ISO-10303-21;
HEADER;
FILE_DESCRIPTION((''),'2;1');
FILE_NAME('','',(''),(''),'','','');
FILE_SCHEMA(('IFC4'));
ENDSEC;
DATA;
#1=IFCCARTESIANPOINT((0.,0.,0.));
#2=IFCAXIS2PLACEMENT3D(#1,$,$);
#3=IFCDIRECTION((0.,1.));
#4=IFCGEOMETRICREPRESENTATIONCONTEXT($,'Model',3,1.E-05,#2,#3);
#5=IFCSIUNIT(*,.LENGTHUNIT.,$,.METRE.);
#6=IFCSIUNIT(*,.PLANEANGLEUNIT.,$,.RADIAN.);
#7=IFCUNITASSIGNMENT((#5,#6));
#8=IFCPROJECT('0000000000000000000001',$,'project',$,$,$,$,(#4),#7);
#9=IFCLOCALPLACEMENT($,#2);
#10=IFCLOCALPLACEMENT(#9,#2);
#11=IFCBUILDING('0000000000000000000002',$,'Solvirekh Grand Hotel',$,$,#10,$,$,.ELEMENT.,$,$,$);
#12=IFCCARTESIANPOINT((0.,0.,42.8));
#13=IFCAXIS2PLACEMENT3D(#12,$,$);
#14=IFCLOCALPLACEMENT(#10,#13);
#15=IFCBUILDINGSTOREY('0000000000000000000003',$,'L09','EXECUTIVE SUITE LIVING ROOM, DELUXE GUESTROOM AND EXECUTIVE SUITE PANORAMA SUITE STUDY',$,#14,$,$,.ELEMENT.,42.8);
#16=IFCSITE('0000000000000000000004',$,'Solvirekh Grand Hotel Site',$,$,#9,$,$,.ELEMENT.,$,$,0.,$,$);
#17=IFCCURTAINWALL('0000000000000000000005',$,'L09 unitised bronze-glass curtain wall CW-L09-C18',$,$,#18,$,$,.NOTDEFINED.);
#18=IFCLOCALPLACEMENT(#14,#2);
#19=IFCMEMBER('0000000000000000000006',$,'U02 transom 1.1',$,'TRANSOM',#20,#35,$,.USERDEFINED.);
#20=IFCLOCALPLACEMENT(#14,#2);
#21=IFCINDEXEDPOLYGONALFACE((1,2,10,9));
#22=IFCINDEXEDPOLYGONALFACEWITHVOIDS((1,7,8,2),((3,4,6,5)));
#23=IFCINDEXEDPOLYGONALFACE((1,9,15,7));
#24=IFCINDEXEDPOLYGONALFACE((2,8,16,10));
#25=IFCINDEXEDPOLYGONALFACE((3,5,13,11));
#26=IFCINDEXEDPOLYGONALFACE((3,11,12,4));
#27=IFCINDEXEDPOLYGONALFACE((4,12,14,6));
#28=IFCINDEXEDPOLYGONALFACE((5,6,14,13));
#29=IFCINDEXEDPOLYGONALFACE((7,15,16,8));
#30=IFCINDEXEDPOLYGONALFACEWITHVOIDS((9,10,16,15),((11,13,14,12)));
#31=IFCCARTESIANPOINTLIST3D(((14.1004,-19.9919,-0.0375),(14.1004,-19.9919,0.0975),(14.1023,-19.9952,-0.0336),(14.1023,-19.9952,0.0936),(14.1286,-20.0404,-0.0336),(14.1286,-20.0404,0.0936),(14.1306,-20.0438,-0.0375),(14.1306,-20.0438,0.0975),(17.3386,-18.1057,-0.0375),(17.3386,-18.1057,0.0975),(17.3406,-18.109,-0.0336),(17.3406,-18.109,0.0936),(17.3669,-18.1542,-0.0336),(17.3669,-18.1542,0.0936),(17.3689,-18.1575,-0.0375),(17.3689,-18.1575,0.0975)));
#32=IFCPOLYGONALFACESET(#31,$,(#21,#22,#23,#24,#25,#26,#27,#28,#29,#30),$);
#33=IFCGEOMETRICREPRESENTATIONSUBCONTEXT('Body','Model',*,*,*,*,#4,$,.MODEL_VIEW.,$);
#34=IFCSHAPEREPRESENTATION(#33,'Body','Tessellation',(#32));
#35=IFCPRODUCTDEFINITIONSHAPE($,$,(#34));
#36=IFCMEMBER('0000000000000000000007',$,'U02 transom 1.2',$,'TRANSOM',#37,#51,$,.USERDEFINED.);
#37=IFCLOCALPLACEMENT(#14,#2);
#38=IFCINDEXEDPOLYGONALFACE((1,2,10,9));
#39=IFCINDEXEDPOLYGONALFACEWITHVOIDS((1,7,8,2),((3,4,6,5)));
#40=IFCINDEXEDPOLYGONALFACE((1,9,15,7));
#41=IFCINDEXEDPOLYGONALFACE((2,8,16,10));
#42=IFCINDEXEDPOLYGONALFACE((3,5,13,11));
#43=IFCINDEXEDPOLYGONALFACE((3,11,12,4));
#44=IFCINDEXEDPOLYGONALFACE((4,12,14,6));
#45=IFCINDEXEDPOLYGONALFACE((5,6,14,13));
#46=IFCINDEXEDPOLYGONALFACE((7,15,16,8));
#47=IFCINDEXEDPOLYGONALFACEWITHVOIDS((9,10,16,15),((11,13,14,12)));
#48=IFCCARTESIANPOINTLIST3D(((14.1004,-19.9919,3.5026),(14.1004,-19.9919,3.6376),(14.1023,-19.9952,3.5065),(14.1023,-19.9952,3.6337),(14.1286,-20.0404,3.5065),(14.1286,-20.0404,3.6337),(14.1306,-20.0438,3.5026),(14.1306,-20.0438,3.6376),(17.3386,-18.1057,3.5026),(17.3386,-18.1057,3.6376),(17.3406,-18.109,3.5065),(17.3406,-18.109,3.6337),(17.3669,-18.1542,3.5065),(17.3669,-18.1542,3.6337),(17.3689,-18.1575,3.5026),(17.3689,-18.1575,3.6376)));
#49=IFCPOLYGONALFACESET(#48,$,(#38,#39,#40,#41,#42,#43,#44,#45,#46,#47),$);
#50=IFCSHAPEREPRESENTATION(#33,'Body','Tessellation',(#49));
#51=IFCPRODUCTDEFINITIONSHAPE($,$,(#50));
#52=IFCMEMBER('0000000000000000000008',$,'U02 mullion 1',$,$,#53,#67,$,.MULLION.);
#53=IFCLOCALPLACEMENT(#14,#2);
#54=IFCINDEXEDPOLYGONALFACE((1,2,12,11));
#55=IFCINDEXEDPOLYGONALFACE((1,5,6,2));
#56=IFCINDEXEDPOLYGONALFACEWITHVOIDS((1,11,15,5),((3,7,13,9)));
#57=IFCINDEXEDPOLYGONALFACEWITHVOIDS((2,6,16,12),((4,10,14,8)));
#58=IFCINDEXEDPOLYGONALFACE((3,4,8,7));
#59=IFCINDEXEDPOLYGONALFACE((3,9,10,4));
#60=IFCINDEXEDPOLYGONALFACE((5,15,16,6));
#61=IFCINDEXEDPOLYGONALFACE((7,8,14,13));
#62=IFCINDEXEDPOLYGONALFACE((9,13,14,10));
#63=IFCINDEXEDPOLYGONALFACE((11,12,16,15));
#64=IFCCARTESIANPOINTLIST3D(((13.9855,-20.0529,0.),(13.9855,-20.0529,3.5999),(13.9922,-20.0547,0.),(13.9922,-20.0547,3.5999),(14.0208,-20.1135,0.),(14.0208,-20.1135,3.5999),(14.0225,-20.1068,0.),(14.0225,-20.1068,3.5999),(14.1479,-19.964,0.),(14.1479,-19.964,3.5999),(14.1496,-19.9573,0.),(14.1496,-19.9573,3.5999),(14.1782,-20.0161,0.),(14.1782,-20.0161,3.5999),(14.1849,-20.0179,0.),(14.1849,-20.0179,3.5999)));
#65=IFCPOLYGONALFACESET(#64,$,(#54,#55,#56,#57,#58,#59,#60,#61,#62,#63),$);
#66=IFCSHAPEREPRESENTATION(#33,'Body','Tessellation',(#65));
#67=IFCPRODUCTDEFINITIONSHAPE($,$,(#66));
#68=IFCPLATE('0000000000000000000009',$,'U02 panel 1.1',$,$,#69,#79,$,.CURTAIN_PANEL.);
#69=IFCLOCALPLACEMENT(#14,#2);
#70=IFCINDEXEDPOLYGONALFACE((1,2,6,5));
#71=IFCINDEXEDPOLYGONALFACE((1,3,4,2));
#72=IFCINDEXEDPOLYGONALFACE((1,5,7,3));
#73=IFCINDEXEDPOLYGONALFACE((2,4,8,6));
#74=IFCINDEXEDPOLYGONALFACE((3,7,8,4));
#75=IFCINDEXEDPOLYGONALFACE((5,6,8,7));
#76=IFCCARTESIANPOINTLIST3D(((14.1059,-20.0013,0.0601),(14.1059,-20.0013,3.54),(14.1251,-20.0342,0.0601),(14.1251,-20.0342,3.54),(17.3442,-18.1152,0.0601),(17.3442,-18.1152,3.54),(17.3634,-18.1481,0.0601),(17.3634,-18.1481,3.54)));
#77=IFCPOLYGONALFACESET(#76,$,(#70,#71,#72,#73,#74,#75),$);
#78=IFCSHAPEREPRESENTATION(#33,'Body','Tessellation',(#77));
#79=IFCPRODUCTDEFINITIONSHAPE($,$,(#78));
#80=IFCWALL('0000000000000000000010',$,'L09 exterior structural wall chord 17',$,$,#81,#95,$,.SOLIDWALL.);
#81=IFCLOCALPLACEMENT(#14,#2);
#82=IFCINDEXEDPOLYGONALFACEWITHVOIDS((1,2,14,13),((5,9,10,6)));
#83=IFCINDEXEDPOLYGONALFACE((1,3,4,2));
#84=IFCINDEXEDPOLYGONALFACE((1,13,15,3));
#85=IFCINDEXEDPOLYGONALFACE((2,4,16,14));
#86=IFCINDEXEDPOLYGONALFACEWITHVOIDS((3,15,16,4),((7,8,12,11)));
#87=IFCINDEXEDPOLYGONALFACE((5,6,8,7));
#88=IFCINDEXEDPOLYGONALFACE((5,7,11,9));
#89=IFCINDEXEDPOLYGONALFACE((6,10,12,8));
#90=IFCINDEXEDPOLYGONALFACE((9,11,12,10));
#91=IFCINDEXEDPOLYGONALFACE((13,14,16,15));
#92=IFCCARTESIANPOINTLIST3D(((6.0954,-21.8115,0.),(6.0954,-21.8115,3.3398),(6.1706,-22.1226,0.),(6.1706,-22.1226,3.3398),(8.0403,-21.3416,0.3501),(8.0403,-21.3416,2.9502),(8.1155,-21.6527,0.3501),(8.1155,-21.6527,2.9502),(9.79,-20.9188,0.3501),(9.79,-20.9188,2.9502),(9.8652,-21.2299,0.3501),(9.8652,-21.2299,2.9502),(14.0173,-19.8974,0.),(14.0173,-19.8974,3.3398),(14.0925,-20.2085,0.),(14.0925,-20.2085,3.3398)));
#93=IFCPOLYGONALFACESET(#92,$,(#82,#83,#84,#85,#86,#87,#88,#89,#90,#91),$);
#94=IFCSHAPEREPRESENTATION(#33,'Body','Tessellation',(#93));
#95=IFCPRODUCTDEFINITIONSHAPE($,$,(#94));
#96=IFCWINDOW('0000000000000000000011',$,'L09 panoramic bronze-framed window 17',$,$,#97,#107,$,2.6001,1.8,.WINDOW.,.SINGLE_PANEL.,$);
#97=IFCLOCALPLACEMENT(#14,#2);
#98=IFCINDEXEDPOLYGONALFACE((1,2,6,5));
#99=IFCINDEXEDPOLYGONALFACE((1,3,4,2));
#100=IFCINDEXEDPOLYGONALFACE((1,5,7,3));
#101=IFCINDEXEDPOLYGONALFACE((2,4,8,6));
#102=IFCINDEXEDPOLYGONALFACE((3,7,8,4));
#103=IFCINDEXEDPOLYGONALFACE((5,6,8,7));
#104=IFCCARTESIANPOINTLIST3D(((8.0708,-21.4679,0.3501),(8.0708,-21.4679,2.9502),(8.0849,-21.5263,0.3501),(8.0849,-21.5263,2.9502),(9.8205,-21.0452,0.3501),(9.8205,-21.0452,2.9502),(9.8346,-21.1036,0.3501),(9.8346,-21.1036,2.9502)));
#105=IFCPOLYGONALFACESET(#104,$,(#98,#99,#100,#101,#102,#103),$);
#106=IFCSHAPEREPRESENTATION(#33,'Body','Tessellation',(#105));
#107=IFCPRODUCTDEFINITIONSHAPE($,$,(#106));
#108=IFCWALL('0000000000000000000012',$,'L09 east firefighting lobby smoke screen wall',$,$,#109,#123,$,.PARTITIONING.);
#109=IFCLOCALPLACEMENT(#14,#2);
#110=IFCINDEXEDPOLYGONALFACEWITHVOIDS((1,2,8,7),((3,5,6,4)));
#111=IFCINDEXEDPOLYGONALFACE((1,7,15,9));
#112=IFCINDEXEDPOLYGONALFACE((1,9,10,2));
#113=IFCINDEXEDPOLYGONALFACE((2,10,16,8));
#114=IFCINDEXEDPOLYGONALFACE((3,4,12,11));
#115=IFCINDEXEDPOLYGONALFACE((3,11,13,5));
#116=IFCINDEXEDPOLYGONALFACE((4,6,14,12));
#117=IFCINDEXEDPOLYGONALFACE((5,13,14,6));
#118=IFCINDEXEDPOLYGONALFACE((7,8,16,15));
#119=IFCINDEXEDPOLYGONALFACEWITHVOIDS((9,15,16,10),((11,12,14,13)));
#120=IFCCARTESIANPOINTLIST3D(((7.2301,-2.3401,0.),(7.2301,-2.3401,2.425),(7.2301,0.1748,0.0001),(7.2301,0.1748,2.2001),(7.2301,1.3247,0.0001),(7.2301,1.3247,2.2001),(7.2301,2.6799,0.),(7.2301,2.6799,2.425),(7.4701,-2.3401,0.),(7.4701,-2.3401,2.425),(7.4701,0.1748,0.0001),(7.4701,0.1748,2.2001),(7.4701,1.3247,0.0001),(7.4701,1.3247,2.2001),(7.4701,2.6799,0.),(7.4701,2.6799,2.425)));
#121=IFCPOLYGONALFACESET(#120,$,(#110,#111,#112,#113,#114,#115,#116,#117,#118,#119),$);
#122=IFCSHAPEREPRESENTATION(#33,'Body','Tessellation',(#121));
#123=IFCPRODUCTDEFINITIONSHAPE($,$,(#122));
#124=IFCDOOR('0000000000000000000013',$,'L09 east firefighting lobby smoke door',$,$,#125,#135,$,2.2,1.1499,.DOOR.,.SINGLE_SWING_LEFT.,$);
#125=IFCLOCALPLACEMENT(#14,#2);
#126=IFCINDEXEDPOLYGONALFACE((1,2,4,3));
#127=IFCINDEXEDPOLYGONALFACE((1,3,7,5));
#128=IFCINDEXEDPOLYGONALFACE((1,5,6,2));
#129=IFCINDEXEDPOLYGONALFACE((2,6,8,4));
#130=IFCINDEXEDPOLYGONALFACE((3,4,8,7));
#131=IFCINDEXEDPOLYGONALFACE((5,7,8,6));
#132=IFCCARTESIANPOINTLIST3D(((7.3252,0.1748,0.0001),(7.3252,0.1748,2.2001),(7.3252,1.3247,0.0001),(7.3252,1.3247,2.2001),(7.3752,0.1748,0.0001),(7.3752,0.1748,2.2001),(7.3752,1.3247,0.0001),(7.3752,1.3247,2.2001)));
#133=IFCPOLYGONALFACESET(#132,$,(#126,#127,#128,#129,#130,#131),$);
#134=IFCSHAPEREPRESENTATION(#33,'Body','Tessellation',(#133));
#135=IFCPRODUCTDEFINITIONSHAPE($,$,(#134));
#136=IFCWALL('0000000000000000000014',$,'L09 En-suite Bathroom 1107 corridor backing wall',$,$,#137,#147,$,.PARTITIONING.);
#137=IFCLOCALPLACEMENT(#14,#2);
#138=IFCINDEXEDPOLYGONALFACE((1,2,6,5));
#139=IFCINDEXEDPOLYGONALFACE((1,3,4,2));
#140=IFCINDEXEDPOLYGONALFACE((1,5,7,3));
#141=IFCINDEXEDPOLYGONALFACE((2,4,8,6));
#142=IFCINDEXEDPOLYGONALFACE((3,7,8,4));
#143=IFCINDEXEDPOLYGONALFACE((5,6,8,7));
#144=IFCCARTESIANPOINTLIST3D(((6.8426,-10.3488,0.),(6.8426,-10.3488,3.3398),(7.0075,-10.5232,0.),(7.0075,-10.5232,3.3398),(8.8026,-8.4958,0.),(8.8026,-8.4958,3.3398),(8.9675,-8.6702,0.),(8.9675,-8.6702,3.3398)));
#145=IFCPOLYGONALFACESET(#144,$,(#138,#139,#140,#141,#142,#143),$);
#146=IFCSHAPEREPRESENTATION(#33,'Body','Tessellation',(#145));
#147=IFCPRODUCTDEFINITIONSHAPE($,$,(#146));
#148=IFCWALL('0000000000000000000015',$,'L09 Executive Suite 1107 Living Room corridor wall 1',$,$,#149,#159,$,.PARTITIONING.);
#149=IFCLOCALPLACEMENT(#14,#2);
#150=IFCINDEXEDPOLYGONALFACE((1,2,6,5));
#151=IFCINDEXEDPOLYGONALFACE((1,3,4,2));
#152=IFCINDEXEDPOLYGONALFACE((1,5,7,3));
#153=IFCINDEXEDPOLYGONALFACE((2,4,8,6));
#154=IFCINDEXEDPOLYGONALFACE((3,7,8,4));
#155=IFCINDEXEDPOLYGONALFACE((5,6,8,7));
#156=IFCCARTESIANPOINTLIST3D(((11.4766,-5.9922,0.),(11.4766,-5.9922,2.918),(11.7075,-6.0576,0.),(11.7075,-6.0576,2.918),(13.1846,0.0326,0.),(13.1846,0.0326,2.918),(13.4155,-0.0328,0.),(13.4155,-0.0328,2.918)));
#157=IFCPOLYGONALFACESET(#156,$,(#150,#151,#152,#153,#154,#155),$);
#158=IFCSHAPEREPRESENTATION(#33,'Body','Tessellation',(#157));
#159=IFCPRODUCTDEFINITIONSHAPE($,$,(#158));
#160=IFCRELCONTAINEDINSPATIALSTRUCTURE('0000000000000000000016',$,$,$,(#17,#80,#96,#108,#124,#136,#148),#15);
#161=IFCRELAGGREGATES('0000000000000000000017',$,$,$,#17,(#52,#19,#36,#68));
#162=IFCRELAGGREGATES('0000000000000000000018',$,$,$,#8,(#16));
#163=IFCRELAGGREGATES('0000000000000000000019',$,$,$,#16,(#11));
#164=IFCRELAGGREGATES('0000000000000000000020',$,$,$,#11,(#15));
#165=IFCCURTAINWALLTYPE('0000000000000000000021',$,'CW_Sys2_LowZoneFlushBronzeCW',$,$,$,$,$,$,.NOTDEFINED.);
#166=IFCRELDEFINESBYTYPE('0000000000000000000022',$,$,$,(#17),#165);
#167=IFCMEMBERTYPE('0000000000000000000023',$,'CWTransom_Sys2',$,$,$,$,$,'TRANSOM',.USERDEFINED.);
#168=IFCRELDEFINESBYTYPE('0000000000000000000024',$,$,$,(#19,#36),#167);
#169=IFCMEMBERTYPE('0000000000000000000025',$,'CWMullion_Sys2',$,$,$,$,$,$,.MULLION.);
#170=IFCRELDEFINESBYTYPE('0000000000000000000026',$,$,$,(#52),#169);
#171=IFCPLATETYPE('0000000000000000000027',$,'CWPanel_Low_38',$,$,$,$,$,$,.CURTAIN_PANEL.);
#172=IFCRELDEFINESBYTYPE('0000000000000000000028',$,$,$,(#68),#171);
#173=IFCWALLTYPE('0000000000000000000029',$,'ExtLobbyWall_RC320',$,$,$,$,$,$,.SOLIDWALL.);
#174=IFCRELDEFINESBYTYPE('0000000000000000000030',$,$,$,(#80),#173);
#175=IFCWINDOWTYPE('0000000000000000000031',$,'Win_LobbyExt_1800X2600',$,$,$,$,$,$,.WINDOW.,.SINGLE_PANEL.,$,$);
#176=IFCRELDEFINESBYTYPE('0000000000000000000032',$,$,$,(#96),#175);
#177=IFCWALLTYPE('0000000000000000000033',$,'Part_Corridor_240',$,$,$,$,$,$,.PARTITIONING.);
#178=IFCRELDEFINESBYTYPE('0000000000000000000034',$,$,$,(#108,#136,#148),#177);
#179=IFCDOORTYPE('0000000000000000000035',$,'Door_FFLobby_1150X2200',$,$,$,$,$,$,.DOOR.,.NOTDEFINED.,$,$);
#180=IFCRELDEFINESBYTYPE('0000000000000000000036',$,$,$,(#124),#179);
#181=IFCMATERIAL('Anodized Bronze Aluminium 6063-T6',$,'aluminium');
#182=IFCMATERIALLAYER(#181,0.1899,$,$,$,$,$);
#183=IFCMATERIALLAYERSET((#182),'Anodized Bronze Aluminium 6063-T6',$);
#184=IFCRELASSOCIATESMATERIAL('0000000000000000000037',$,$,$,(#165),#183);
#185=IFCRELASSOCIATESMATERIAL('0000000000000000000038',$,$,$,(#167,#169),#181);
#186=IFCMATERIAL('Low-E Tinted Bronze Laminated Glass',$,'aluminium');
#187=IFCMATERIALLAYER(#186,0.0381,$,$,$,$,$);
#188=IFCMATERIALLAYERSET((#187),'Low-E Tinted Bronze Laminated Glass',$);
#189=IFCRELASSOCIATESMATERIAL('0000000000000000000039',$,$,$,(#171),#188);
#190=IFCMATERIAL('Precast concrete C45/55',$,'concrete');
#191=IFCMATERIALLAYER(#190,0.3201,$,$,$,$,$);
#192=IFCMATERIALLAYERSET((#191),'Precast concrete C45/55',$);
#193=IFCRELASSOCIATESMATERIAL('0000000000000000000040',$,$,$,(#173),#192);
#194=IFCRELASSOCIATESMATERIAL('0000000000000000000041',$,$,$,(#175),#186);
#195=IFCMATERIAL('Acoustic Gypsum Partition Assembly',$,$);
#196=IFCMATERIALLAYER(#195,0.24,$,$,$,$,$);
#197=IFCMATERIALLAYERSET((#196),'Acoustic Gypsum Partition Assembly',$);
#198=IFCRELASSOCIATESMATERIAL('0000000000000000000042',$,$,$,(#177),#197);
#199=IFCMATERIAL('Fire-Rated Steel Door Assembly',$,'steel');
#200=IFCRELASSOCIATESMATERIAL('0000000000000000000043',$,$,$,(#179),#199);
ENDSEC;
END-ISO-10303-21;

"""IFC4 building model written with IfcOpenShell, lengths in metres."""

from ifc_helpers import new_model, si_unit, direction, frame, frame_2d, origin, origin_2d, place, context, subcontext, project, spatial, rectangle, hollow_rectangle, extrude, source, transform, mapped, material, layer, layer_set, material_profile, profile_set, type_object, element, fill, aggregate, save


model = new_model("IFC4")

# Units and contexts
model_context = context("Model", 3, precision=1e-05, world=origin(), true_north=direction((0.0, 1.0)))
body_context = subcontext(model_context, "Body", "Model", "MODEL_VIEW")
ifc_project = project(units=[si_unit("LENGTHUNIT", "METRE"), si_unit("PLANEANGLEUNIT", "RADIAN")], contexts=[model_context])

# Site, building, storey
site_placement = place(None, origin())
site = spatial("IfcSite", under=ifc_project, at=site_placement, Name="Solvirekh Grand Hotel Site", CompositionType="ELEMENT", RefElevation=0.0)
building_placement = place(site_placement, origin())
building = spatial("IfcBuilding", under=site, at=building_placement, Name="Solvirekh Grand Hotel", CompositionType="ELEMENT")
storey_placement = place(building_placement, frame((0.0, 0.0, 42.8)))
storey = spatial("IfcBuildingStorey", under=building, at=storey_placement, Name="L09", Description="EXECUTIVE SUITE LIVING ROOM, DELUXE GUESTROOM AND EXECUTIVE SUITE PANORAMA SUITE STUDY", CompositionType="ELEMENT", Elevation=42.8)

# Curtain wall, members, plate
ifc_material_1 = material(Name="Anodized Bronze Aluminium 6063-T6", Category="aluminium")
ifc_layer_1 = layer(ifc_material_1, 0.1899)
ifc_layer_set_1 = layer_set([ifc_layer_1], Name="Anodized Bronze Aluminium 6063-T6")
curtain_wall_type = type_object("IfcCurtainWallType", Name="CW_Sys2_LowZoneFlushBronzeCW", PredefinedType="NOTDEFINED", material=ifc_layer_set_1)
curtain_wall_placement = place(storey_placement, origin())
curtain_wall = element("IfcCurtainWall", 1, at=curtain_wall_placement, inside=storey, type_object=curtain_wall_type, Name="L09 unitised bronze-glass curtain wall CW-L09-C18", PredefinedType="NOTDEFINED")
ifc_material_profile_1 = material_profile(ifc_material_1, hollow_rectangle(XDim=0.0601, YDim=0.135, WallThickness=0.0039, at=origin_2d()), Name="ALU RHS 135X60X4")
ifc_profile_set_1 = profile_set([ifc_material_profile_1], Name="Anodized Bronze Aluminium 6063-T6")
member_type_1 = type_object("IfcMemberType", Name="CWTransom_Sys2", ElementType="TRANSOM", PredefinedType="USERDEFINED", material=ifc_profile_set_1)
shared_shape_1 = source(origin(), body_context, "Body", "SweptSolid", [
    extrude(hollow_rectangle(XDim=0.0601, YDim=0.135, WallThickness=0.0039, at=origin_2d()), origin(), (0.0, 0.0, 1.0), 3.7476),
])
member_1_placement = place(storey_placement, frame((14.1155, -20.0178, 0.03), z_axis=(0.8641, 0.50332, 0.0), x_axis=(-0.50332, 0.8641, 0.0)))
member_1 = element("IfcMember", 2, at=member_1_placement, type_object=member_type_1, Name="U02 transom 1.1", ObjectType="TRANSOM", PredefinedType="USERDEFINED", context=body_context, shape_type="MappedRepresentation", body=[
    mapped(shared_shape_1, transform((0.0, 0.0, 0.0), x_axis=(1.0, 0.0, 0.0), y_axis=(0.0, 1.0, 0.0), z_axis=(0.0, 0.0, 1.0), scale=1.0)),
])
member_2_placement = place(storey_placement, frame((14.1155, -20.0178, 3.5701), z_axis=(0.8641, 0.50332, 0.0), x_axis=(-0.50332, 0.8641, 0.0)))
member_2 = element("IfcMember", 3, at=member_2_placement, type_object=member_type_1, Name="U02 transom 1.2", ObjectType="TRANSOM", PredefinedType="USERDEFINED", context=body_context, shape_type="MappedRepresentation", body=[
    mapped(shared_shape_1, transform((0.0, 0.0, 0.0), x_axis=(1.0, 0.0, 0.0), y_axis=(0.0, 1.0, 0.0), z_axis=(0.0, 0.0, 1.0), scale=1.0)),
])
ifc_material_profile_2 = material_profile(ifc_material_1, hollow_rectangle(XDim=0.0701, YDim=0.1899, WallThickness=0.0049, at=origin_2d()), Name="ALU RHS 190X70X5")
ifc_profile_set_2 = profile_set([ifc_material_profile_2], Name="Anodized Bronze Aluminium 6063-T6")
member_type_2 = type_object("IfcMemberType", Name="CWMullion_Sys2", PredefinedType="MULLION", material=ifc_profile_set_2)
shared_shape_2 = source(origin(), body_context, "Body", "SweptSolid", [
    extrude(hollow_rectangle(XDim=0.0701, YDim=0.1899, WallThickness=0.0049, at=origin_2d()), origin(), (0.0, 0.0, 1.0), 3.5999),
])
member_3_placement = place(storey_placement, frame((14.0852, -20.0354, 0.0), z_axis=(0.0, 0.0, 1.0), x_axis=(-0.503306, 0.864108, 0.0)))
member_3 = element("IfcMember", 4, at=member_3_placement, type_object=member_type_2, Name="U02 mullion 1", PredefinedType="MULLION", context=body_context, shape_type="MappedRepresentation", body=[
    mapped(shared_shape_2, transform((0.0, 0.0, 0.0), x_axis=(1.0, 0.0, 0.0), y_axis=(0.0, 1.0, 0.0), z_axis=(0.0, 0.0, 1.0), scale=1.0)),
])
ifc_material_2 = material(Name="Low-E Tinted Bronze Laminated Glass", Category="aluminium")
ifc_layer_2 = layer(ifc_material_2, 0.0381)
ifc_layer_set_2 = layer_set([ifc_layer_2], Name="Low-E Tinted Bronze Laminated Glass")
plate_type = type_object("IfcPlateType", Name="CWPanel_Low_38", PredefinedType="CURTAIN_PANEL", material=ifc_layer_set_2)
shared_shape_3 = source(origin(), body_context, "Body", "SweptSolid", [
    extrude(rectangle(XDim=3.7476, YDim=0.0381, at=origin_2d()), origin(), (0.0, 0.0, 1.0), 3.48),
])
plate_placement = place(storey_placement, frame((15.7346, -19.0747, 0.0601), z_axis=(0.0, 0.0, 1.0), x_axis=(0.864108, 0.503306, 0.0)))
plate = element("IfcPlate", 5, at=plate_placement, type_object=plate_type, Name="U02 panel 1.1", PredefinedType="CURTAIN_PANEL", context=body_context, shape_type="MappedRepresentation", body=[
    mapped(shared_shape_3, transform((0.0, 0.0, 0.0), x_axis=(1.0, 0.0, 0.0), y_axis=(0.0, 1.0, 0.0), z_axis=(0.0, 0.0, 1.0), scale=1.0)),
])
aggregate(curtain_wall, [member_3, member_1, member_2, plate])

# Wall, opening, window
ifc_material_3 = material(Name="Precast concrete C45/55", Category="concrete")
ifc_layer_3 = layer(ifc_material_3, 0.3201)
ifc_layer_set_3 = layer_set([ifc_layer_3], Name="Precast concrete C45/55")
wall_type_1 = type_object("IfcWallType", Name="ExtLobbyWall_RC320", PredefinedType="SOLIDWALL", material=ifc_layer_set_3)
wall_1_placement = place(storey_placement, frame((14.0549, -20.053, 0.0), z_axis=(0.0, 0.0, 1.0), x_axis=(-0.972029, -0.234859, 0.0)))
wall_1 = element("IfcWall", 6, at=wall_1_placement, inside=storey, type_object=wall_type_1, Name="L09 exterior structural wall chord 17", PredefinedType="SOLIDWALL", context=body_context, shape_type="SweptSolid", body=[
    extrude(rectangle(XDim=8.1499, YDim=0.3201, at=frame_2d((4.075, 0.0))), origin(), (0.0, 0.0, 1.0), 3.3398),
])
opening_1_placement = place(wall_1_placement, frame((4.3491, 0.0, 0.3501)))
opening_1 = element("IfcOpeningElement", 7, at=opening_1_placement, cuts=wall_1, PredefinedType="OPENING", context=body_context, shape_type="SweptSolid", body=[
    extrude(rectangle(XDim=1.8, YDim=2.6001, at=frame_2d((0.8999, 1.3))), frame((0.0, 0.1699, 0.0), z_axis=(0.0, -1.0, 0.0), x_axis=(1.0, 0.0, 0.0)), (0.0, 0.0, 1.0), 0.3401),
])
window_type = type_object("IfcWindowType", Name="Win_LobbyExt_1800X2600", PartitioningType="SINGLE_PANEL", PredefinedType="WINDOW", material=ifc_material_2)
window_placement = place(opening_1_placement, origin())
window = element("IfcWindow", 8, at=window_placement, inside=storey, type_object=window_type, Name="L09 panoramic bronze-framed window 17", OverallHeight=2.6001, OverallWidth=1.8, PartitioningType="SINGLE_PANEL", PredefinedType="WINDOW", context=body_context, shape_type="SweptSolid", body=[
    extrude(rectangle(XDim=1.8, YDim=2.6001, at=frame_2d((0.8999, 1.3))), frame((0.0, 0.03, 0.0), z_axis=(0.0, -1.0, 0.0), x_axis=(1.0, 0.0, 0.0)), (0.0, 0.0, 1.0), 0.0601),
])
fill(opening_1, window)

# Wall, opening, door
ifc_material_4 = material(Name="Acoustic Gypsum Partition Assembly")
ifc_layer_4 = layer(ifc_material_4, 0.24)
ifc_layer_set_4 = layer_set([ifc_layer_4], Name="Acoustic Gypsum Partition Assembly")
wall_type_2 = type_object("IfcWallType", Name="Part_Corridor_240", PredefinedType="PARTITIONING", material=ifc_layer_set_4)
wall_2_placement = place(storey_placement, frame((7.3501, -2.3401, 0.0), z_axis=(0.0, 0.0, 1.0), x_axis=(0.0, 1.0, 0.0)))
wall_2 = element("IfcWall", 9, at=wall_2_placement, inside=storey, type_object=wall_type_2, Name="L09 east firefighting lobby smoke screen wall", PredefinedType="PARTITIONING", context=body_context, shape_type="SweptSolid", body=[
    extrude(rectangle(XDim=5.02, YDim=0.24, at=frame_2d((2.51, 0.0))), origin(), (0.0, 0.0, 1.0), 2.425),
])
opening_2_placement = place(wall_2_placement, frame((2.5149, 0.0, 0.0)))
opening_2 = element("IfcOpeningElement", 10, at=opening_2_placement, cuts=wall_2, PredefinedType="OPENING", context=body_context, shape_type="SweptSolid", body=[
    extrude(rectangle(XDim=1.1499, YDim=2.2, at=frame_2d((0.575, 1.1001))), frame((0.0, 0.1299, 0.0), z_axis=(0.0, -1.0, 0.0), x_axis=(1.0, 0.0, 0.0)), (0.0, 0.0, 1.0), 0.26),
])
ifc_material_5 = material(Name="Fire-Rated Steel Door Assembly", Category="steel")
door_type_1 = type_object("IfcDoorType", Name="Door_FFLobby_1150X2200", OperationType="NOTDEFINED", PredefinedType="DOOR", material=ifc_material_5)
door_1_placement = place(opening_2_placement, origin())
door_1 = element("IfcDoor", 11, at=door_1_placement, inside=storey, type_object=door_type_1, Name="L09 east firefighting lobby smoke door", OperationType="SINGLE_SWING_LEFT", OverallHeight=2.2, OverallWidth=1.1499, PredefinedType="DOOR", context=body_context, shape_type="SweptSolid", body=[
    extrude(rectangle(XDim=1.1499, YDim=2.2, at=frame_2d((0.575, 1.1001))), frame((0.0, 0.0249, 0.0), z_axis=(0.0, -1.0, 0.0), x_axis=(1.0, 0.0, 0.0)), (0.0, 0.0, 1.0), 0.05),
])
fill(opening_2, door_1)

# Walls
wall_3_placement = place(storey_placement, frame((6.925, -10.436, 0.0), z_axis=(0.0, 0.0, 1.0), x_axis=(0.726652, 0.687006, 0.0)))
element("IfcWall", 12, at=wall_3_placement, inside=storey, type_object=wall_type_2, Name="L09 En-suite Bathroom 1107 corridor backing wall", PredefinedType="PARTITIONING", context=body_context, shape_type="SweptSolid", body=[
    extrude(rectangle(XDim=2.6973, YDim=0.24, at=frame_2d((1.3486, 0.0))), origin(), (0.0, 0.0, 1.0), 3.3398),
])
wall_4_placement = place(storey_placement, frame((11.592, -6.0249, 0.0), z_axis=(0.0, 0.0, 1.0), x_axis=(0.272743, 0.962087, 0.0)))
element("IfcWall", 13, at=wall_4_placement, inside=storey, type_object=wall_type_2, Name="L09 Executive Suite 1107 Living Room corridor wall 1", PredefinedType="PARTITIONING", context=body_context, shape_type="SweptSolid", body=[
    extrude(rectangle(XDim=6.2622, YDim=0.24, at=frame_2d((3.1311, 0.0))), origin(), (0.0, 0.0, 1.0), 2.918),
])

save(model, "model.ifc")
